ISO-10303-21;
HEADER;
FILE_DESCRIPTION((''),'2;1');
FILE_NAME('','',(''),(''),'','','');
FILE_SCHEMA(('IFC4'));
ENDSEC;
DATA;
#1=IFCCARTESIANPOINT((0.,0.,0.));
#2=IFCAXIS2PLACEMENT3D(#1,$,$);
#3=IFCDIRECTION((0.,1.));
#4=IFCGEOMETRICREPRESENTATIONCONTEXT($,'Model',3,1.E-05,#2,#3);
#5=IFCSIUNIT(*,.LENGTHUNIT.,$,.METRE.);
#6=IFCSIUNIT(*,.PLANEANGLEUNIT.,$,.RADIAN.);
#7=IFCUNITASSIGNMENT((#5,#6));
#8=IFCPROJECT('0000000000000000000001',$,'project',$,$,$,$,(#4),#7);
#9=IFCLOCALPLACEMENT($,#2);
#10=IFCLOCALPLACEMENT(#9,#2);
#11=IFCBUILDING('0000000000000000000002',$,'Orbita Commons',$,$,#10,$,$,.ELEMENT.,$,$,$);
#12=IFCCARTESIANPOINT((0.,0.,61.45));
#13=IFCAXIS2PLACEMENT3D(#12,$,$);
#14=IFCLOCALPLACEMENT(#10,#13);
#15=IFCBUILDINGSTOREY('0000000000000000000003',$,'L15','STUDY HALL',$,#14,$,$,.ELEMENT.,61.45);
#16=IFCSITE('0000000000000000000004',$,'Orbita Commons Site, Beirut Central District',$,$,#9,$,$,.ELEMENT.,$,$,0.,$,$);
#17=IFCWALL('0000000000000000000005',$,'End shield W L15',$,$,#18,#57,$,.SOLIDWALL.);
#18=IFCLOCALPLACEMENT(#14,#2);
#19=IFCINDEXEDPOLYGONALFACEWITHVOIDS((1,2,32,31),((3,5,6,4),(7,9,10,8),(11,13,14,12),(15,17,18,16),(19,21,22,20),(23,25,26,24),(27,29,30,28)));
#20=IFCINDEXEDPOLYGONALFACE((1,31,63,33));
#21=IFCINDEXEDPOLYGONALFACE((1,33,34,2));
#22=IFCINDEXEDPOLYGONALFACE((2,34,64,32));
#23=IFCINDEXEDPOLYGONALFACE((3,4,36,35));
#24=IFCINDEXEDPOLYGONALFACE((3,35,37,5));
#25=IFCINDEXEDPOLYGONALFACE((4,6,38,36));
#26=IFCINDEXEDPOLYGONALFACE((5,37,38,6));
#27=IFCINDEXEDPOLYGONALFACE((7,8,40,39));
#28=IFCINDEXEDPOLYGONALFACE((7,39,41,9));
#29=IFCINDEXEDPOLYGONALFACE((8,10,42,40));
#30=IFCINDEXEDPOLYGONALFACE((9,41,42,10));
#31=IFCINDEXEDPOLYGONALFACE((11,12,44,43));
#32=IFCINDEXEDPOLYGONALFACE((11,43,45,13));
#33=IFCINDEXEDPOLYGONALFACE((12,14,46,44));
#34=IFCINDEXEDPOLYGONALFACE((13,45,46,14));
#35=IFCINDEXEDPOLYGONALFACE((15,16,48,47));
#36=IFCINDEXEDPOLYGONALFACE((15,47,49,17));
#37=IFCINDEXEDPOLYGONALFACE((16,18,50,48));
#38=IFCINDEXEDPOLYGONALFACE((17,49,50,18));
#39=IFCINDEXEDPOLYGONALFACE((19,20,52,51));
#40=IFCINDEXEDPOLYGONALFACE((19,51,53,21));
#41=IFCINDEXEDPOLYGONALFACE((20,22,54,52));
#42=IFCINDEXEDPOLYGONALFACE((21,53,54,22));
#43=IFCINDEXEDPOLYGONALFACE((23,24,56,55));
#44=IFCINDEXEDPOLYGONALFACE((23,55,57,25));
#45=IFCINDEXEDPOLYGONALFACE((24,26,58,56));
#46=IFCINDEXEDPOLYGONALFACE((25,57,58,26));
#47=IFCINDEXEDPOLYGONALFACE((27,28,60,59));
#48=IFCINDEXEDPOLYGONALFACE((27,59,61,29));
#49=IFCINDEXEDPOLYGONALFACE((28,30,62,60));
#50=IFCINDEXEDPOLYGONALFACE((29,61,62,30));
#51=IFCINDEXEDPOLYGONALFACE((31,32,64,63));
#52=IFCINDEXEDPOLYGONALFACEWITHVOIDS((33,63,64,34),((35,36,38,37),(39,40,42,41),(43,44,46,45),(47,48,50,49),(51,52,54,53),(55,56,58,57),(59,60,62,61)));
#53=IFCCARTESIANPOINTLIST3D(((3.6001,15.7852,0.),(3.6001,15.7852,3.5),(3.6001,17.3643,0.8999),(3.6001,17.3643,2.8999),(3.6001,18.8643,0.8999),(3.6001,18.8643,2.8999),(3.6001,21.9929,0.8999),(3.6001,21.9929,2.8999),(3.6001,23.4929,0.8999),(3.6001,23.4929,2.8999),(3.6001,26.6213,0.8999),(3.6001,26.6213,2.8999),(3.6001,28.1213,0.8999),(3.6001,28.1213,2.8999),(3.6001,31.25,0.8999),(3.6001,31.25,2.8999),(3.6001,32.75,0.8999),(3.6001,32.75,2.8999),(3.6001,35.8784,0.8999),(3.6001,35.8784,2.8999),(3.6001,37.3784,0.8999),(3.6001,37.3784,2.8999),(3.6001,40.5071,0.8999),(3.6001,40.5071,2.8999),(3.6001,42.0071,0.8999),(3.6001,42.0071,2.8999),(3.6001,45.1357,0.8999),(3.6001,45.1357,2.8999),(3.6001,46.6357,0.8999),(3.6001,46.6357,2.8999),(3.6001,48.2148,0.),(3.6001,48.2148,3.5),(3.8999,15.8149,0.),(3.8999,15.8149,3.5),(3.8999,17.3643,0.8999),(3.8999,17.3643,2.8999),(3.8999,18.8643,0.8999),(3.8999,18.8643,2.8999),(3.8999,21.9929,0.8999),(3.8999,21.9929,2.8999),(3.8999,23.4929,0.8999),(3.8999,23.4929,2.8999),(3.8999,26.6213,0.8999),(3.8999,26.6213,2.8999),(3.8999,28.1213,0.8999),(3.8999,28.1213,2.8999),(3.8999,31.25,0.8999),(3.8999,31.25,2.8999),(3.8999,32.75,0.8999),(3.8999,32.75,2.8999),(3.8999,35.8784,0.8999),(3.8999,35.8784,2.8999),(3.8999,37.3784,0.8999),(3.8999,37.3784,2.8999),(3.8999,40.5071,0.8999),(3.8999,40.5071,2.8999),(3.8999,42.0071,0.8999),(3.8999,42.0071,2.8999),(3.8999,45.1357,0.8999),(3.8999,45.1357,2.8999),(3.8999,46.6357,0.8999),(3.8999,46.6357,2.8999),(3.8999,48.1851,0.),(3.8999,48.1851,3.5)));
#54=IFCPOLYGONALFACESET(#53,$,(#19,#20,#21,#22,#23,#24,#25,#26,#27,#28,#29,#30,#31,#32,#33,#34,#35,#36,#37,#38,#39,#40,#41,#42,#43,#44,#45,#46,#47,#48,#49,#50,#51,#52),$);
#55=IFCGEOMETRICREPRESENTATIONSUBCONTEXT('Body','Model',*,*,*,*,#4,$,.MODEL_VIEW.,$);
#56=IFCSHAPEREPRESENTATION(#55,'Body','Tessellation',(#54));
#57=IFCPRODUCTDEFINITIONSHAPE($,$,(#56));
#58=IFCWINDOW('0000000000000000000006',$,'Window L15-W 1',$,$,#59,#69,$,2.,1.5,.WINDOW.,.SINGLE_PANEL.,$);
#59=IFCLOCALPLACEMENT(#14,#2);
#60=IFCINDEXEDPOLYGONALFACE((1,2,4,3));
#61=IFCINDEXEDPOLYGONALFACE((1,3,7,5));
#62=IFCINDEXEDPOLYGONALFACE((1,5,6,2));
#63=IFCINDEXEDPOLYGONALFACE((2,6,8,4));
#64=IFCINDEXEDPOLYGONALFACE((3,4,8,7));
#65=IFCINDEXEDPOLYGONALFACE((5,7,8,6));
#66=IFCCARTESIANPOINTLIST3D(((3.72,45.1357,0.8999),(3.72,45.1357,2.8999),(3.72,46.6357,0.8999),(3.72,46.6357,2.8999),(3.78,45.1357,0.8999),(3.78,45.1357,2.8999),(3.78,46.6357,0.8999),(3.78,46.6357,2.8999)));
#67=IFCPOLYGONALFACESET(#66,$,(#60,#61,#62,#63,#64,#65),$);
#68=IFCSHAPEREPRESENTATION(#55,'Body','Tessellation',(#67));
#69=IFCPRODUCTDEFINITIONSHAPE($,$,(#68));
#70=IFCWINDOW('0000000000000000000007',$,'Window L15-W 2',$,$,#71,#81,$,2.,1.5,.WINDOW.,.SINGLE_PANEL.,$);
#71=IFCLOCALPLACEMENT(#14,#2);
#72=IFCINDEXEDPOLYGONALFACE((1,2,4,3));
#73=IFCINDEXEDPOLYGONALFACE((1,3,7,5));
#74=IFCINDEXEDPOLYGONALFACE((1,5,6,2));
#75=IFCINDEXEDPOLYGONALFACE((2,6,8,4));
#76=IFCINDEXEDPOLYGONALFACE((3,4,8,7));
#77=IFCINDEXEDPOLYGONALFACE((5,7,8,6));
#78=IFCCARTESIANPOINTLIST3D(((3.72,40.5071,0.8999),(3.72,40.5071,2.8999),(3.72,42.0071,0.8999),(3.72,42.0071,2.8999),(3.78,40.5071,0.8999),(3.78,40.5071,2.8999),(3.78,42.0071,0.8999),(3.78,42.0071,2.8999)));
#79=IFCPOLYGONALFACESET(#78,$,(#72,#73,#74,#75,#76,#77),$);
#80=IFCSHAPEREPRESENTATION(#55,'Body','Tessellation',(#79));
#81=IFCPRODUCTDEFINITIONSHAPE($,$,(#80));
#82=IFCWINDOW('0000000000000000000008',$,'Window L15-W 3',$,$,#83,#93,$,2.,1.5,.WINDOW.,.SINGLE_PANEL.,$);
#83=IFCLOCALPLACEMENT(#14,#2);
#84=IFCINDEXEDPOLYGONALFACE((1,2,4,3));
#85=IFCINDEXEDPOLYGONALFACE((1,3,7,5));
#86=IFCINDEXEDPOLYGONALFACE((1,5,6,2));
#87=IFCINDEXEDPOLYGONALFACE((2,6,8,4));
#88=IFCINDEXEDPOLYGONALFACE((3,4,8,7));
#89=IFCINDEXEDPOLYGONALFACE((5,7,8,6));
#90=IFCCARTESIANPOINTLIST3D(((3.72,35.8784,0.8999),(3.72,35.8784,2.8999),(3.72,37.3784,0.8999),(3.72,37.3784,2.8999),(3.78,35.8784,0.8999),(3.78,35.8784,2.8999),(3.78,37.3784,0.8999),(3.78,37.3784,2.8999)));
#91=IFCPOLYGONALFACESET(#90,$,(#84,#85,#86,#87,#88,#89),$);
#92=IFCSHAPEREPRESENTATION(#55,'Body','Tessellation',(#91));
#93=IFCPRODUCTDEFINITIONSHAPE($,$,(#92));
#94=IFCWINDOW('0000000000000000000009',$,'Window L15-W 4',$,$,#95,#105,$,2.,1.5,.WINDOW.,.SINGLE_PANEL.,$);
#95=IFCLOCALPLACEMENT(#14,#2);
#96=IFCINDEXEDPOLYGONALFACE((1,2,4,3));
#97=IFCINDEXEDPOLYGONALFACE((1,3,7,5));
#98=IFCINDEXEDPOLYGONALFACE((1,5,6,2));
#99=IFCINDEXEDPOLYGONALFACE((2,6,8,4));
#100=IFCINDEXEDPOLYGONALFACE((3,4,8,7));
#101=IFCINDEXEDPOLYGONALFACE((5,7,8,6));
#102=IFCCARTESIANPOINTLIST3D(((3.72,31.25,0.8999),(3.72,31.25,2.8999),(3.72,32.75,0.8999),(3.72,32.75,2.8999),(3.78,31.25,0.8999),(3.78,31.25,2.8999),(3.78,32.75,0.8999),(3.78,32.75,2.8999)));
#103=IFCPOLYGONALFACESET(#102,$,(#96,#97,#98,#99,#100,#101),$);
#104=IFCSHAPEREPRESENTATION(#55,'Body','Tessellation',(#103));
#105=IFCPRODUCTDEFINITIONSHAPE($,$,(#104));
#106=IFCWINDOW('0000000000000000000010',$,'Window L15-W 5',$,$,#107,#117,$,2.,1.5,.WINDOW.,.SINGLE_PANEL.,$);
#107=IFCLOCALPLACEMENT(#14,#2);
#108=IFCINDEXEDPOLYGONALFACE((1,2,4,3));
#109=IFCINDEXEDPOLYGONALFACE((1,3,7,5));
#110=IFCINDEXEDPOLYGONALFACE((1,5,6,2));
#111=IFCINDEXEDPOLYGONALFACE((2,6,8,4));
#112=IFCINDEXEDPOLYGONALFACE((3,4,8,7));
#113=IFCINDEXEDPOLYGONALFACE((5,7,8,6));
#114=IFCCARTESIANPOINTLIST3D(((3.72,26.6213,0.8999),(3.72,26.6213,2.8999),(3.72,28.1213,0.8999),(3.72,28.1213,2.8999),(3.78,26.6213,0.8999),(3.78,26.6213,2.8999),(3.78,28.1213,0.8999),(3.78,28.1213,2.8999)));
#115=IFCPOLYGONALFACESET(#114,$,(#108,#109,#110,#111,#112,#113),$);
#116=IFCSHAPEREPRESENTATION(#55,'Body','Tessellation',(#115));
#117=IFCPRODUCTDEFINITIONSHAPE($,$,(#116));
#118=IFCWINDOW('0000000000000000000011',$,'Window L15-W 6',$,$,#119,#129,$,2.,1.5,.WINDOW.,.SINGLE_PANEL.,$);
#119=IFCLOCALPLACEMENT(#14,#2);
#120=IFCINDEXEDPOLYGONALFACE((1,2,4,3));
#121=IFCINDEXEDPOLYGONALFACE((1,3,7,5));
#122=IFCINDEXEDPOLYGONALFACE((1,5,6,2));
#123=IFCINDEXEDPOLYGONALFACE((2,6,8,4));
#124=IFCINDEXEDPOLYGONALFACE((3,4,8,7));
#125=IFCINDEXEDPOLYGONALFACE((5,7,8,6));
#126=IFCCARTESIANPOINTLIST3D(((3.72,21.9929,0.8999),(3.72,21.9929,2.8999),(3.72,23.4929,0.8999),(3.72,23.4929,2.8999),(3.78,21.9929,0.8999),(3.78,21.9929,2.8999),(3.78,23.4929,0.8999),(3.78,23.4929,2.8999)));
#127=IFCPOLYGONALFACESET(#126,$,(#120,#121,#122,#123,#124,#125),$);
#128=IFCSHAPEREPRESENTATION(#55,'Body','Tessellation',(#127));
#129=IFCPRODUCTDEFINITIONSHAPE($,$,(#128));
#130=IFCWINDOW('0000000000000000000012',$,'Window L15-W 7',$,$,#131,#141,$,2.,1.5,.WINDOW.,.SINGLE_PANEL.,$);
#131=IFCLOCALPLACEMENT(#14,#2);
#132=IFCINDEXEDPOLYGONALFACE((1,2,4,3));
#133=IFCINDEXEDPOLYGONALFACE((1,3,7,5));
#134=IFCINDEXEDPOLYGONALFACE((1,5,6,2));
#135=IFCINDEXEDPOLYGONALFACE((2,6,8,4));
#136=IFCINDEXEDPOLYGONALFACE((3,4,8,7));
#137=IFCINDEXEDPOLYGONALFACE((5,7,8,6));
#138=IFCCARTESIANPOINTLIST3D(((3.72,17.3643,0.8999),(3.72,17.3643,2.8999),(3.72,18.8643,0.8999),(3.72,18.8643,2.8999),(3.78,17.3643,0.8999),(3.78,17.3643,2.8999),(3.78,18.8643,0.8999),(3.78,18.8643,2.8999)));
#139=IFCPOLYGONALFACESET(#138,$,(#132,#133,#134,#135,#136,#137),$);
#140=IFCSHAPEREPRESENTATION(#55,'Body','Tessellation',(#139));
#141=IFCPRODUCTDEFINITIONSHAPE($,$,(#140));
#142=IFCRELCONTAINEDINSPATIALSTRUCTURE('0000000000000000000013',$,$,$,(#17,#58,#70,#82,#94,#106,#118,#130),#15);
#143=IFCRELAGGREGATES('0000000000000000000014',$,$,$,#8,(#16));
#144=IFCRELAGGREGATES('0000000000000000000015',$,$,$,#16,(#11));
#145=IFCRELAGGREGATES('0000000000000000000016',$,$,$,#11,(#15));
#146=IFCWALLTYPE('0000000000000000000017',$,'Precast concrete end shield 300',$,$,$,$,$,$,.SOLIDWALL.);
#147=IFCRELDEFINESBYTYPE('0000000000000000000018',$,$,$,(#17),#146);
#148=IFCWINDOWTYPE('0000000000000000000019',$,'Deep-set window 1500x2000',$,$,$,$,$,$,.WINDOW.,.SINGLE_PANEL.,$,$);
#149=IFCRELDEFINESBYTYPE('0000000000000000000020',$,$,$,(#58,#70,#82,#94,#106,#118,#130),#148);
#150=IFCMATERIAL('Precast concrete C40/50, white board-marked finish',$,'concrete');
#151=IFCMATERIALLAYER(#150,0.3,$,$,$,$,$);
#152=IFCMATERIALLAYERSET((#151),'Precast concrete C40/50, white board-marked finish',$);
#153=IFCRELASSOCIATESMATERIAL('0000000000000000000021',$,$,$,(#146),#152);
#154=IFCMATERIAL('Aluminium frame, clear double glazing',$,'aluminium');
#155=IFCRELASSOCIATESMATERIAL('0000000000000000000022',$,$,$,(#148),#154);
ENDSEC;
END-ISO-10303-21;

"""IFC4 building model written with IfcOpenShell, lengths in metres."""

from ifc_helpers import new_model, si_unit, direction, frame, frame_2d, origin, place, context, subcontext, project, spatial, polyline, rectangle, outline, extrude, material, layer, layer_set, type_object, element, fill, save


model = new_model("IFC4")

# Units and contexts
model_context = context("Model", 3, precision=1e-05, world=origin(), true_north=direction((0.0, 1.0)))
body_context = subcontext(model_context, "Body", "Model", "MODEL_VIEW")
ifc_project = project(units=[si_unit("LENGTHUNIT", "METRE"), si_unit("PLANEANGLEUNIT", "RADIAN")], contexts=[model_context])

# Site, building, storey
site_placement = place(None, origin())
site = spatial("IfcSite", under=ifc_project, at=site_placement, Name="Orbita Commons Site, Beirut Central District", CompositionType="ELEMENT", RefElevation=0.0)
building_placement = place(site_placement, origin())
building = spatial("IfcBuilding", under=site, at=building_placement, Name="Orbita Commons", CompositionType="ELEMENT")
storey_placement = place(building_placement, frame((0.0, 0.0, 61.45)))
storey = spatial("IfcBuildingStorey", under=building, at=storey_placement, Name="L15", Description="STUDY HALL", CompositionType="ELEMENT", Elevation=61.45)

# Wall, openings, windows
ifc_material_1 = material(Name="Precast concrete C40/50, white board-marked finish", Category="concrete")
ifc_layer_1 = layer(ifc_material_1, 0.3)
ifc_layer_set_1 = layer_set([ifc_layer_1], Name="Precast concrete C40/50, white board-marked finish")
wall_type_1 = type_object("IfcWallType", Name="Precast concrete end shield 300", PredefinedType="SOLIDWALL", material=ifc_layer_set_1)
wall_1_placement = place(storey_placement, frame((3.75, 48.2, 0.0), z_axis=(0.0, 0.0, 1.0), x_axis=(0.0, -1.0, 0.0)))
wall_1 = element("IfcWall", 1, at=wall_1_placement, inside=storey, type_object=wall_type_1, Name="End shield W L15", PredefinedType="SOLIDWALL", context=body_context, shape_type="SweptSolid", body=[
    extrude(outline(polyline([(-0.0149, -0.1499), (32.4148, -0.1499), (32.385, 0.1499), (0.0149, 0.1499), (-0.0149, -0.1499)])), origin(), (0.0, 0.0, 1.0), 3.5),
])
opening_1_placement = place(wall_1_placement, frame((1.5642, 0.0, 0.8999)))
opening_1 = element("IfcOpeningElement", 2, at=opening_1_placement, cuts=wall_1, PredefinedType="OPENING", context=body_context, shape_type="SweptSolid", body=[
    extrude(rectangle(XDim=1.5, YDim=2.0, at=frame_2d((0.75, 1.0))), frame((0.0, 0.1599, 0.0), z_axis=(0.0, -1.0, 0.0), x_axis=(1.0, 0.0, 0.0)), (0.0, 0.0, 1.0), 0.3201),
])
opening_2_placement = place(wall_1_placement, frame((6.1929, 0.0, 0.8999)))
opening_2 = element("IfcOpeningElement", 3, at=opening_2_placement, cuts=wall_1, PredefinedType="OPENING", context=body_context, shape_type="SweptSolid", body=[
    extrude(rectangle(XDim=1.5, YDim=2.0, at=frame_2d((0.75, 1.0))), frame((0.0, 0.1599, 0.0), z_axis=(0.0, -1.0, 0.0), x_axis=(1.0, 0.0, 0.0)), (0.0, 0.0, 1.0), 0.3201),
])
opening_3_placement = place(wall_1_placement, frame((10.8215, 0.0, 0.8999)))
opening_3 = element("IfcOpeningElement", 4, at=opening_3_placement, cuts=wall_1, PredefinedType="OPENING", context=body_context, shape_type="SweptSolid", body=[
    extrude(rectangle(XDim=1.5, YDim=2.0, at=frame_2d((0.75, 1.0))), frame((0.0, 0.1599, 0.0), z_axis=(0.0, -1.0, 0.0), x_axis=(1.0, 0.0, 0.0)), (0.0, 0.0, 1.0), 0.3201),
])
opening_4_placement = place(wall_1_placement, frame((15.45, 0.0, 0.8999)))
opening_4 = element("IfcOpeningElement", 5, at=opening_4_placement, cuts=wall_1, PredefinedType="OPENING", context=body_context, shape_type="SweptSolid", body=[
    extrude(rectangle(XDim=1.5, YDim=2.0, at=frame_2d((0.75, 1.0))), frame((0.0, 0.1599, 0.0), z_axis=(0.0, -1.0, 0.0), x_axis=(1.0, 0.0, 0.0)), (0.0, 0.0, 1.0), 0.3201),
])
opening_5_placement = place(wall_1_placement, frame((20.0786, 0.0, 0.8999)))
opening_5 = element("IfcOpeningElement", 6, at=opening_5_placement, cuts=wall_1, PredefinedType="OPENING", context=body_context, shape_type="SweptSolid", body=[
    extrude(rectangle(XDim=1.5, YDim=2.0, at=frame_2d((0.75, 1.0))), frame((0.0, 0.1599, 0.0), z_axis=(0.0, -1.0, 0.0), x_axis=(1.0, 0.0, 0.0)), (0.0, 0.0, 1.0), 0.3201),
])
opening_6_placement = place(wall_1_placement, frame((24.707, 0.0, 0.8999)))
opening_6 = element("IfcOpeningElement", 7, at=opening_6_placement, cuts=wall_1, PredefinedType="OPENING", context=body_context, shape_type="SweptSolid", body=[
    extrude(rectangle(XDim=1.5, YDim=2.0, at=frame_2d((0.75, 1.0))), frame((0.0, 0.1599, 0.0), z_axis=(0.0, -1.0, 0.0), x_axis=(1.0, 0.0, 0.0)), (0.0, 0.0, 1.0), 0.3201),
])
opening_7_placement = place(wall_1_placement, frame((29.3357, 0.0, 0.8999)))
opening_7 = element("IfcOpeningElement", 8, at=opening_7_placement, cuts=wall_1, PredefinedType="OPENING", context=body_context, shape_type="SweptSolid", body=[
    extrude(rectangle(XDim=1.5, YDim=2.0, at=frame_2d((0.75, 1.0))), frame((0.0, 0.1599, 0.0), z_axis=(0.0, -1.0, 0.0), x_axis=(1.0, 0.0, 0.0)), (0.0, 0.0, 1.0), 0.3201),
])
ifc_material_2 = material(Name="Aluminium frame, clear double glazing", Category="aluminium")
window_type = type_object("IfcWindowType", Name="Deep-set window 1500x2000", PartitioningType="SINGLE_PANEL", PredefinedType="WINDOW", material=ifc_material_2)
window_1_placement = place(opening_1_placement, origin())
window_1 = element("IfcWindow", 9, at=window_1_placement, inside=storey, type_object=window_type, Name="Window L15-W 1", OverallHeight=2.0, OverallWidth=1.5, PartitioningType="SINGLE_PANEL", PredefinedType="WINDOW", context=body_context, shape_type="SweptSolid", body=[
    extrude(rectangle(XDim=1.5, YDim=2.0, at=frame_2d((0.75, 1.0))), frame((0.0, 0.03, 0.0), z_axis=(0.0, -1.0, 0.0), x_axis=(1.0, 0.0, 0.0)), (0.0, 0.0, 1.0), 0.0601),
])
fill(opening_1, window_1)
window_2_placement = place(opening_2_placement, origin())
window_2 = element("IfcWindow", 10, at=window_2_placement, inside=storey, type_object=window_type, Name="Window L15-W 2", OverallHeight=2.0, OverallWidth=1.5, PartitioningType="SINGLE_PANEL", PredefinedType="WINDOW", context=body_context, shape_type="SweptSolid", body=[
    extrude(rectangle(XDim=1.5, YDim=2.0, at=frame_2d((0.75, 1.0))), frame((0.0, 0.03, 0.0), z_axis=(0.0, -1.0, 0.0), x_axis=(1.0, 0.0, 0.0)), (0.0, 0.0, 1.0), 0.0601),
])
fill(opening_2, window_2)
window_3_placement = place(opening_3_placement, origin())
window_3 = element("IfcWindow", 11, at=window_3_placement, inside=storey, type_object=window_type, Name="Window L15-W 3", OverallHeight=2.0, OverallWidth=1.5, PartitioningType="SINGLE_PANEL", PredefinedType="WINDOW", context=body_context, shape_type="SweptSolid", body=[
    extrude(rectangle(XDim=1.5, YDim=2.0, at=frame_2d((0.75, 1.0))), frame((0.0, 0.03, 0.0), z_axis=(0.0, -1.0, 0.0), x_axis=(1.0, 0.0, 0.0)), (0.0, 0.0, 1.0), 0.0601),
])
fill(opening_3, window_3)
window_4_placement = place(opening_4_placement, origin())
window_4 = element("IfcWindow", 12, at=window_4_placement, inside=storey, type_object=window_type, Name="Window L15-W 4", OverallHeight=2.0, OverallWidth=1.5, PartitioningType="SINGLE_PANEL", PredefinedType="WINDOW", context=body_context, shape_type="SweptSolid", body=[
    extrude(rectangle(XDim=1.5, YDim=2.0, at=frame_2d((0.75, 1.0))), frame((0.0, 0.03, 0.0), z_axis=(0.0, -1.0, 0.0), x_axis=(1.0, 0.0, 0.0)), (0.0, 0.0, 1.0), 0.0601),
])
fill(opening_4, window_4)
window_5_placement = place(opening_5_placement, origin())
window_5 = element("IfcWindow", 13, at=window_5_placement, inside=storey, type_object=window_type, Name="Window L15-W 5", OverallHeight=2.0, OverallWidth=1.5, PartitioningType="SINGLE_PANEL", PredefinedType="WINDOW", context=body_context, shape_type="SweptSolid", body=[
    extrude(rectangle(XDim=1.5, YDim=2.0, at=frame_2d((0.75, 1.0))), frame((0.0, 0.03, 0.0), z_axis=(0.0, -1.0, 0.0), x_axis=(1.0, 0.0, 0.0)), (0.0, 0.0, 1.0), 0.0601),
])
fill(opening_5, window_5)
window_6_placement = place(opening_6_placement, origin())
window_6 = element("IfcWindow", 14, at=window_6_placement, inside=storey, type_object=window_type, Name="Window L15-W 6", OverallHeight=2.0, OverallWidth=1.5, PartitioningType="SINGLE_PANEL", PredefinedType="WINDOW", context=body_context, shape_type="SweptSolid", body=[
    extrude(rectangle(XDim=1.5, YDim=2.0, at=frame_2d((0.75, 1.0))), frame((0.0, 0.03, 0.0), z_axis=(0.0, -1.0, 0.0), x_axis=(1.0, 0.0, 0.0)), (0.0, 0.0, 1.0), 0.0601),
])
fill(opening_6, window_6)
window_7_placement = place(opening_7_placement, origin())
window_7 = element("IfcWindow", 15, at=window_7_placement, inside=storey, type_object=window_type, Name="Window L15-W 7", OverallHeight=2.0, OverallWidth=1.5, PartitioningType="SINGLE_PANEL", PredefinedType="WINDOW", context=body_context, shape_type="SweptSolid", body=[
    extrude(rectangle(XDim=1.5, YDim=2.0, at=frame_2d((0.75, 1.0))), frame((0.0, 0.03, 0.0), z_axis=(0.0, -1.0, 0.0), x_axis=(1.0, 0.0, 0.0)), (0.0, 0.0, 1.0), 0.0601),
])
fill(opening_7, window_7)

save(model, "model.ifc")
